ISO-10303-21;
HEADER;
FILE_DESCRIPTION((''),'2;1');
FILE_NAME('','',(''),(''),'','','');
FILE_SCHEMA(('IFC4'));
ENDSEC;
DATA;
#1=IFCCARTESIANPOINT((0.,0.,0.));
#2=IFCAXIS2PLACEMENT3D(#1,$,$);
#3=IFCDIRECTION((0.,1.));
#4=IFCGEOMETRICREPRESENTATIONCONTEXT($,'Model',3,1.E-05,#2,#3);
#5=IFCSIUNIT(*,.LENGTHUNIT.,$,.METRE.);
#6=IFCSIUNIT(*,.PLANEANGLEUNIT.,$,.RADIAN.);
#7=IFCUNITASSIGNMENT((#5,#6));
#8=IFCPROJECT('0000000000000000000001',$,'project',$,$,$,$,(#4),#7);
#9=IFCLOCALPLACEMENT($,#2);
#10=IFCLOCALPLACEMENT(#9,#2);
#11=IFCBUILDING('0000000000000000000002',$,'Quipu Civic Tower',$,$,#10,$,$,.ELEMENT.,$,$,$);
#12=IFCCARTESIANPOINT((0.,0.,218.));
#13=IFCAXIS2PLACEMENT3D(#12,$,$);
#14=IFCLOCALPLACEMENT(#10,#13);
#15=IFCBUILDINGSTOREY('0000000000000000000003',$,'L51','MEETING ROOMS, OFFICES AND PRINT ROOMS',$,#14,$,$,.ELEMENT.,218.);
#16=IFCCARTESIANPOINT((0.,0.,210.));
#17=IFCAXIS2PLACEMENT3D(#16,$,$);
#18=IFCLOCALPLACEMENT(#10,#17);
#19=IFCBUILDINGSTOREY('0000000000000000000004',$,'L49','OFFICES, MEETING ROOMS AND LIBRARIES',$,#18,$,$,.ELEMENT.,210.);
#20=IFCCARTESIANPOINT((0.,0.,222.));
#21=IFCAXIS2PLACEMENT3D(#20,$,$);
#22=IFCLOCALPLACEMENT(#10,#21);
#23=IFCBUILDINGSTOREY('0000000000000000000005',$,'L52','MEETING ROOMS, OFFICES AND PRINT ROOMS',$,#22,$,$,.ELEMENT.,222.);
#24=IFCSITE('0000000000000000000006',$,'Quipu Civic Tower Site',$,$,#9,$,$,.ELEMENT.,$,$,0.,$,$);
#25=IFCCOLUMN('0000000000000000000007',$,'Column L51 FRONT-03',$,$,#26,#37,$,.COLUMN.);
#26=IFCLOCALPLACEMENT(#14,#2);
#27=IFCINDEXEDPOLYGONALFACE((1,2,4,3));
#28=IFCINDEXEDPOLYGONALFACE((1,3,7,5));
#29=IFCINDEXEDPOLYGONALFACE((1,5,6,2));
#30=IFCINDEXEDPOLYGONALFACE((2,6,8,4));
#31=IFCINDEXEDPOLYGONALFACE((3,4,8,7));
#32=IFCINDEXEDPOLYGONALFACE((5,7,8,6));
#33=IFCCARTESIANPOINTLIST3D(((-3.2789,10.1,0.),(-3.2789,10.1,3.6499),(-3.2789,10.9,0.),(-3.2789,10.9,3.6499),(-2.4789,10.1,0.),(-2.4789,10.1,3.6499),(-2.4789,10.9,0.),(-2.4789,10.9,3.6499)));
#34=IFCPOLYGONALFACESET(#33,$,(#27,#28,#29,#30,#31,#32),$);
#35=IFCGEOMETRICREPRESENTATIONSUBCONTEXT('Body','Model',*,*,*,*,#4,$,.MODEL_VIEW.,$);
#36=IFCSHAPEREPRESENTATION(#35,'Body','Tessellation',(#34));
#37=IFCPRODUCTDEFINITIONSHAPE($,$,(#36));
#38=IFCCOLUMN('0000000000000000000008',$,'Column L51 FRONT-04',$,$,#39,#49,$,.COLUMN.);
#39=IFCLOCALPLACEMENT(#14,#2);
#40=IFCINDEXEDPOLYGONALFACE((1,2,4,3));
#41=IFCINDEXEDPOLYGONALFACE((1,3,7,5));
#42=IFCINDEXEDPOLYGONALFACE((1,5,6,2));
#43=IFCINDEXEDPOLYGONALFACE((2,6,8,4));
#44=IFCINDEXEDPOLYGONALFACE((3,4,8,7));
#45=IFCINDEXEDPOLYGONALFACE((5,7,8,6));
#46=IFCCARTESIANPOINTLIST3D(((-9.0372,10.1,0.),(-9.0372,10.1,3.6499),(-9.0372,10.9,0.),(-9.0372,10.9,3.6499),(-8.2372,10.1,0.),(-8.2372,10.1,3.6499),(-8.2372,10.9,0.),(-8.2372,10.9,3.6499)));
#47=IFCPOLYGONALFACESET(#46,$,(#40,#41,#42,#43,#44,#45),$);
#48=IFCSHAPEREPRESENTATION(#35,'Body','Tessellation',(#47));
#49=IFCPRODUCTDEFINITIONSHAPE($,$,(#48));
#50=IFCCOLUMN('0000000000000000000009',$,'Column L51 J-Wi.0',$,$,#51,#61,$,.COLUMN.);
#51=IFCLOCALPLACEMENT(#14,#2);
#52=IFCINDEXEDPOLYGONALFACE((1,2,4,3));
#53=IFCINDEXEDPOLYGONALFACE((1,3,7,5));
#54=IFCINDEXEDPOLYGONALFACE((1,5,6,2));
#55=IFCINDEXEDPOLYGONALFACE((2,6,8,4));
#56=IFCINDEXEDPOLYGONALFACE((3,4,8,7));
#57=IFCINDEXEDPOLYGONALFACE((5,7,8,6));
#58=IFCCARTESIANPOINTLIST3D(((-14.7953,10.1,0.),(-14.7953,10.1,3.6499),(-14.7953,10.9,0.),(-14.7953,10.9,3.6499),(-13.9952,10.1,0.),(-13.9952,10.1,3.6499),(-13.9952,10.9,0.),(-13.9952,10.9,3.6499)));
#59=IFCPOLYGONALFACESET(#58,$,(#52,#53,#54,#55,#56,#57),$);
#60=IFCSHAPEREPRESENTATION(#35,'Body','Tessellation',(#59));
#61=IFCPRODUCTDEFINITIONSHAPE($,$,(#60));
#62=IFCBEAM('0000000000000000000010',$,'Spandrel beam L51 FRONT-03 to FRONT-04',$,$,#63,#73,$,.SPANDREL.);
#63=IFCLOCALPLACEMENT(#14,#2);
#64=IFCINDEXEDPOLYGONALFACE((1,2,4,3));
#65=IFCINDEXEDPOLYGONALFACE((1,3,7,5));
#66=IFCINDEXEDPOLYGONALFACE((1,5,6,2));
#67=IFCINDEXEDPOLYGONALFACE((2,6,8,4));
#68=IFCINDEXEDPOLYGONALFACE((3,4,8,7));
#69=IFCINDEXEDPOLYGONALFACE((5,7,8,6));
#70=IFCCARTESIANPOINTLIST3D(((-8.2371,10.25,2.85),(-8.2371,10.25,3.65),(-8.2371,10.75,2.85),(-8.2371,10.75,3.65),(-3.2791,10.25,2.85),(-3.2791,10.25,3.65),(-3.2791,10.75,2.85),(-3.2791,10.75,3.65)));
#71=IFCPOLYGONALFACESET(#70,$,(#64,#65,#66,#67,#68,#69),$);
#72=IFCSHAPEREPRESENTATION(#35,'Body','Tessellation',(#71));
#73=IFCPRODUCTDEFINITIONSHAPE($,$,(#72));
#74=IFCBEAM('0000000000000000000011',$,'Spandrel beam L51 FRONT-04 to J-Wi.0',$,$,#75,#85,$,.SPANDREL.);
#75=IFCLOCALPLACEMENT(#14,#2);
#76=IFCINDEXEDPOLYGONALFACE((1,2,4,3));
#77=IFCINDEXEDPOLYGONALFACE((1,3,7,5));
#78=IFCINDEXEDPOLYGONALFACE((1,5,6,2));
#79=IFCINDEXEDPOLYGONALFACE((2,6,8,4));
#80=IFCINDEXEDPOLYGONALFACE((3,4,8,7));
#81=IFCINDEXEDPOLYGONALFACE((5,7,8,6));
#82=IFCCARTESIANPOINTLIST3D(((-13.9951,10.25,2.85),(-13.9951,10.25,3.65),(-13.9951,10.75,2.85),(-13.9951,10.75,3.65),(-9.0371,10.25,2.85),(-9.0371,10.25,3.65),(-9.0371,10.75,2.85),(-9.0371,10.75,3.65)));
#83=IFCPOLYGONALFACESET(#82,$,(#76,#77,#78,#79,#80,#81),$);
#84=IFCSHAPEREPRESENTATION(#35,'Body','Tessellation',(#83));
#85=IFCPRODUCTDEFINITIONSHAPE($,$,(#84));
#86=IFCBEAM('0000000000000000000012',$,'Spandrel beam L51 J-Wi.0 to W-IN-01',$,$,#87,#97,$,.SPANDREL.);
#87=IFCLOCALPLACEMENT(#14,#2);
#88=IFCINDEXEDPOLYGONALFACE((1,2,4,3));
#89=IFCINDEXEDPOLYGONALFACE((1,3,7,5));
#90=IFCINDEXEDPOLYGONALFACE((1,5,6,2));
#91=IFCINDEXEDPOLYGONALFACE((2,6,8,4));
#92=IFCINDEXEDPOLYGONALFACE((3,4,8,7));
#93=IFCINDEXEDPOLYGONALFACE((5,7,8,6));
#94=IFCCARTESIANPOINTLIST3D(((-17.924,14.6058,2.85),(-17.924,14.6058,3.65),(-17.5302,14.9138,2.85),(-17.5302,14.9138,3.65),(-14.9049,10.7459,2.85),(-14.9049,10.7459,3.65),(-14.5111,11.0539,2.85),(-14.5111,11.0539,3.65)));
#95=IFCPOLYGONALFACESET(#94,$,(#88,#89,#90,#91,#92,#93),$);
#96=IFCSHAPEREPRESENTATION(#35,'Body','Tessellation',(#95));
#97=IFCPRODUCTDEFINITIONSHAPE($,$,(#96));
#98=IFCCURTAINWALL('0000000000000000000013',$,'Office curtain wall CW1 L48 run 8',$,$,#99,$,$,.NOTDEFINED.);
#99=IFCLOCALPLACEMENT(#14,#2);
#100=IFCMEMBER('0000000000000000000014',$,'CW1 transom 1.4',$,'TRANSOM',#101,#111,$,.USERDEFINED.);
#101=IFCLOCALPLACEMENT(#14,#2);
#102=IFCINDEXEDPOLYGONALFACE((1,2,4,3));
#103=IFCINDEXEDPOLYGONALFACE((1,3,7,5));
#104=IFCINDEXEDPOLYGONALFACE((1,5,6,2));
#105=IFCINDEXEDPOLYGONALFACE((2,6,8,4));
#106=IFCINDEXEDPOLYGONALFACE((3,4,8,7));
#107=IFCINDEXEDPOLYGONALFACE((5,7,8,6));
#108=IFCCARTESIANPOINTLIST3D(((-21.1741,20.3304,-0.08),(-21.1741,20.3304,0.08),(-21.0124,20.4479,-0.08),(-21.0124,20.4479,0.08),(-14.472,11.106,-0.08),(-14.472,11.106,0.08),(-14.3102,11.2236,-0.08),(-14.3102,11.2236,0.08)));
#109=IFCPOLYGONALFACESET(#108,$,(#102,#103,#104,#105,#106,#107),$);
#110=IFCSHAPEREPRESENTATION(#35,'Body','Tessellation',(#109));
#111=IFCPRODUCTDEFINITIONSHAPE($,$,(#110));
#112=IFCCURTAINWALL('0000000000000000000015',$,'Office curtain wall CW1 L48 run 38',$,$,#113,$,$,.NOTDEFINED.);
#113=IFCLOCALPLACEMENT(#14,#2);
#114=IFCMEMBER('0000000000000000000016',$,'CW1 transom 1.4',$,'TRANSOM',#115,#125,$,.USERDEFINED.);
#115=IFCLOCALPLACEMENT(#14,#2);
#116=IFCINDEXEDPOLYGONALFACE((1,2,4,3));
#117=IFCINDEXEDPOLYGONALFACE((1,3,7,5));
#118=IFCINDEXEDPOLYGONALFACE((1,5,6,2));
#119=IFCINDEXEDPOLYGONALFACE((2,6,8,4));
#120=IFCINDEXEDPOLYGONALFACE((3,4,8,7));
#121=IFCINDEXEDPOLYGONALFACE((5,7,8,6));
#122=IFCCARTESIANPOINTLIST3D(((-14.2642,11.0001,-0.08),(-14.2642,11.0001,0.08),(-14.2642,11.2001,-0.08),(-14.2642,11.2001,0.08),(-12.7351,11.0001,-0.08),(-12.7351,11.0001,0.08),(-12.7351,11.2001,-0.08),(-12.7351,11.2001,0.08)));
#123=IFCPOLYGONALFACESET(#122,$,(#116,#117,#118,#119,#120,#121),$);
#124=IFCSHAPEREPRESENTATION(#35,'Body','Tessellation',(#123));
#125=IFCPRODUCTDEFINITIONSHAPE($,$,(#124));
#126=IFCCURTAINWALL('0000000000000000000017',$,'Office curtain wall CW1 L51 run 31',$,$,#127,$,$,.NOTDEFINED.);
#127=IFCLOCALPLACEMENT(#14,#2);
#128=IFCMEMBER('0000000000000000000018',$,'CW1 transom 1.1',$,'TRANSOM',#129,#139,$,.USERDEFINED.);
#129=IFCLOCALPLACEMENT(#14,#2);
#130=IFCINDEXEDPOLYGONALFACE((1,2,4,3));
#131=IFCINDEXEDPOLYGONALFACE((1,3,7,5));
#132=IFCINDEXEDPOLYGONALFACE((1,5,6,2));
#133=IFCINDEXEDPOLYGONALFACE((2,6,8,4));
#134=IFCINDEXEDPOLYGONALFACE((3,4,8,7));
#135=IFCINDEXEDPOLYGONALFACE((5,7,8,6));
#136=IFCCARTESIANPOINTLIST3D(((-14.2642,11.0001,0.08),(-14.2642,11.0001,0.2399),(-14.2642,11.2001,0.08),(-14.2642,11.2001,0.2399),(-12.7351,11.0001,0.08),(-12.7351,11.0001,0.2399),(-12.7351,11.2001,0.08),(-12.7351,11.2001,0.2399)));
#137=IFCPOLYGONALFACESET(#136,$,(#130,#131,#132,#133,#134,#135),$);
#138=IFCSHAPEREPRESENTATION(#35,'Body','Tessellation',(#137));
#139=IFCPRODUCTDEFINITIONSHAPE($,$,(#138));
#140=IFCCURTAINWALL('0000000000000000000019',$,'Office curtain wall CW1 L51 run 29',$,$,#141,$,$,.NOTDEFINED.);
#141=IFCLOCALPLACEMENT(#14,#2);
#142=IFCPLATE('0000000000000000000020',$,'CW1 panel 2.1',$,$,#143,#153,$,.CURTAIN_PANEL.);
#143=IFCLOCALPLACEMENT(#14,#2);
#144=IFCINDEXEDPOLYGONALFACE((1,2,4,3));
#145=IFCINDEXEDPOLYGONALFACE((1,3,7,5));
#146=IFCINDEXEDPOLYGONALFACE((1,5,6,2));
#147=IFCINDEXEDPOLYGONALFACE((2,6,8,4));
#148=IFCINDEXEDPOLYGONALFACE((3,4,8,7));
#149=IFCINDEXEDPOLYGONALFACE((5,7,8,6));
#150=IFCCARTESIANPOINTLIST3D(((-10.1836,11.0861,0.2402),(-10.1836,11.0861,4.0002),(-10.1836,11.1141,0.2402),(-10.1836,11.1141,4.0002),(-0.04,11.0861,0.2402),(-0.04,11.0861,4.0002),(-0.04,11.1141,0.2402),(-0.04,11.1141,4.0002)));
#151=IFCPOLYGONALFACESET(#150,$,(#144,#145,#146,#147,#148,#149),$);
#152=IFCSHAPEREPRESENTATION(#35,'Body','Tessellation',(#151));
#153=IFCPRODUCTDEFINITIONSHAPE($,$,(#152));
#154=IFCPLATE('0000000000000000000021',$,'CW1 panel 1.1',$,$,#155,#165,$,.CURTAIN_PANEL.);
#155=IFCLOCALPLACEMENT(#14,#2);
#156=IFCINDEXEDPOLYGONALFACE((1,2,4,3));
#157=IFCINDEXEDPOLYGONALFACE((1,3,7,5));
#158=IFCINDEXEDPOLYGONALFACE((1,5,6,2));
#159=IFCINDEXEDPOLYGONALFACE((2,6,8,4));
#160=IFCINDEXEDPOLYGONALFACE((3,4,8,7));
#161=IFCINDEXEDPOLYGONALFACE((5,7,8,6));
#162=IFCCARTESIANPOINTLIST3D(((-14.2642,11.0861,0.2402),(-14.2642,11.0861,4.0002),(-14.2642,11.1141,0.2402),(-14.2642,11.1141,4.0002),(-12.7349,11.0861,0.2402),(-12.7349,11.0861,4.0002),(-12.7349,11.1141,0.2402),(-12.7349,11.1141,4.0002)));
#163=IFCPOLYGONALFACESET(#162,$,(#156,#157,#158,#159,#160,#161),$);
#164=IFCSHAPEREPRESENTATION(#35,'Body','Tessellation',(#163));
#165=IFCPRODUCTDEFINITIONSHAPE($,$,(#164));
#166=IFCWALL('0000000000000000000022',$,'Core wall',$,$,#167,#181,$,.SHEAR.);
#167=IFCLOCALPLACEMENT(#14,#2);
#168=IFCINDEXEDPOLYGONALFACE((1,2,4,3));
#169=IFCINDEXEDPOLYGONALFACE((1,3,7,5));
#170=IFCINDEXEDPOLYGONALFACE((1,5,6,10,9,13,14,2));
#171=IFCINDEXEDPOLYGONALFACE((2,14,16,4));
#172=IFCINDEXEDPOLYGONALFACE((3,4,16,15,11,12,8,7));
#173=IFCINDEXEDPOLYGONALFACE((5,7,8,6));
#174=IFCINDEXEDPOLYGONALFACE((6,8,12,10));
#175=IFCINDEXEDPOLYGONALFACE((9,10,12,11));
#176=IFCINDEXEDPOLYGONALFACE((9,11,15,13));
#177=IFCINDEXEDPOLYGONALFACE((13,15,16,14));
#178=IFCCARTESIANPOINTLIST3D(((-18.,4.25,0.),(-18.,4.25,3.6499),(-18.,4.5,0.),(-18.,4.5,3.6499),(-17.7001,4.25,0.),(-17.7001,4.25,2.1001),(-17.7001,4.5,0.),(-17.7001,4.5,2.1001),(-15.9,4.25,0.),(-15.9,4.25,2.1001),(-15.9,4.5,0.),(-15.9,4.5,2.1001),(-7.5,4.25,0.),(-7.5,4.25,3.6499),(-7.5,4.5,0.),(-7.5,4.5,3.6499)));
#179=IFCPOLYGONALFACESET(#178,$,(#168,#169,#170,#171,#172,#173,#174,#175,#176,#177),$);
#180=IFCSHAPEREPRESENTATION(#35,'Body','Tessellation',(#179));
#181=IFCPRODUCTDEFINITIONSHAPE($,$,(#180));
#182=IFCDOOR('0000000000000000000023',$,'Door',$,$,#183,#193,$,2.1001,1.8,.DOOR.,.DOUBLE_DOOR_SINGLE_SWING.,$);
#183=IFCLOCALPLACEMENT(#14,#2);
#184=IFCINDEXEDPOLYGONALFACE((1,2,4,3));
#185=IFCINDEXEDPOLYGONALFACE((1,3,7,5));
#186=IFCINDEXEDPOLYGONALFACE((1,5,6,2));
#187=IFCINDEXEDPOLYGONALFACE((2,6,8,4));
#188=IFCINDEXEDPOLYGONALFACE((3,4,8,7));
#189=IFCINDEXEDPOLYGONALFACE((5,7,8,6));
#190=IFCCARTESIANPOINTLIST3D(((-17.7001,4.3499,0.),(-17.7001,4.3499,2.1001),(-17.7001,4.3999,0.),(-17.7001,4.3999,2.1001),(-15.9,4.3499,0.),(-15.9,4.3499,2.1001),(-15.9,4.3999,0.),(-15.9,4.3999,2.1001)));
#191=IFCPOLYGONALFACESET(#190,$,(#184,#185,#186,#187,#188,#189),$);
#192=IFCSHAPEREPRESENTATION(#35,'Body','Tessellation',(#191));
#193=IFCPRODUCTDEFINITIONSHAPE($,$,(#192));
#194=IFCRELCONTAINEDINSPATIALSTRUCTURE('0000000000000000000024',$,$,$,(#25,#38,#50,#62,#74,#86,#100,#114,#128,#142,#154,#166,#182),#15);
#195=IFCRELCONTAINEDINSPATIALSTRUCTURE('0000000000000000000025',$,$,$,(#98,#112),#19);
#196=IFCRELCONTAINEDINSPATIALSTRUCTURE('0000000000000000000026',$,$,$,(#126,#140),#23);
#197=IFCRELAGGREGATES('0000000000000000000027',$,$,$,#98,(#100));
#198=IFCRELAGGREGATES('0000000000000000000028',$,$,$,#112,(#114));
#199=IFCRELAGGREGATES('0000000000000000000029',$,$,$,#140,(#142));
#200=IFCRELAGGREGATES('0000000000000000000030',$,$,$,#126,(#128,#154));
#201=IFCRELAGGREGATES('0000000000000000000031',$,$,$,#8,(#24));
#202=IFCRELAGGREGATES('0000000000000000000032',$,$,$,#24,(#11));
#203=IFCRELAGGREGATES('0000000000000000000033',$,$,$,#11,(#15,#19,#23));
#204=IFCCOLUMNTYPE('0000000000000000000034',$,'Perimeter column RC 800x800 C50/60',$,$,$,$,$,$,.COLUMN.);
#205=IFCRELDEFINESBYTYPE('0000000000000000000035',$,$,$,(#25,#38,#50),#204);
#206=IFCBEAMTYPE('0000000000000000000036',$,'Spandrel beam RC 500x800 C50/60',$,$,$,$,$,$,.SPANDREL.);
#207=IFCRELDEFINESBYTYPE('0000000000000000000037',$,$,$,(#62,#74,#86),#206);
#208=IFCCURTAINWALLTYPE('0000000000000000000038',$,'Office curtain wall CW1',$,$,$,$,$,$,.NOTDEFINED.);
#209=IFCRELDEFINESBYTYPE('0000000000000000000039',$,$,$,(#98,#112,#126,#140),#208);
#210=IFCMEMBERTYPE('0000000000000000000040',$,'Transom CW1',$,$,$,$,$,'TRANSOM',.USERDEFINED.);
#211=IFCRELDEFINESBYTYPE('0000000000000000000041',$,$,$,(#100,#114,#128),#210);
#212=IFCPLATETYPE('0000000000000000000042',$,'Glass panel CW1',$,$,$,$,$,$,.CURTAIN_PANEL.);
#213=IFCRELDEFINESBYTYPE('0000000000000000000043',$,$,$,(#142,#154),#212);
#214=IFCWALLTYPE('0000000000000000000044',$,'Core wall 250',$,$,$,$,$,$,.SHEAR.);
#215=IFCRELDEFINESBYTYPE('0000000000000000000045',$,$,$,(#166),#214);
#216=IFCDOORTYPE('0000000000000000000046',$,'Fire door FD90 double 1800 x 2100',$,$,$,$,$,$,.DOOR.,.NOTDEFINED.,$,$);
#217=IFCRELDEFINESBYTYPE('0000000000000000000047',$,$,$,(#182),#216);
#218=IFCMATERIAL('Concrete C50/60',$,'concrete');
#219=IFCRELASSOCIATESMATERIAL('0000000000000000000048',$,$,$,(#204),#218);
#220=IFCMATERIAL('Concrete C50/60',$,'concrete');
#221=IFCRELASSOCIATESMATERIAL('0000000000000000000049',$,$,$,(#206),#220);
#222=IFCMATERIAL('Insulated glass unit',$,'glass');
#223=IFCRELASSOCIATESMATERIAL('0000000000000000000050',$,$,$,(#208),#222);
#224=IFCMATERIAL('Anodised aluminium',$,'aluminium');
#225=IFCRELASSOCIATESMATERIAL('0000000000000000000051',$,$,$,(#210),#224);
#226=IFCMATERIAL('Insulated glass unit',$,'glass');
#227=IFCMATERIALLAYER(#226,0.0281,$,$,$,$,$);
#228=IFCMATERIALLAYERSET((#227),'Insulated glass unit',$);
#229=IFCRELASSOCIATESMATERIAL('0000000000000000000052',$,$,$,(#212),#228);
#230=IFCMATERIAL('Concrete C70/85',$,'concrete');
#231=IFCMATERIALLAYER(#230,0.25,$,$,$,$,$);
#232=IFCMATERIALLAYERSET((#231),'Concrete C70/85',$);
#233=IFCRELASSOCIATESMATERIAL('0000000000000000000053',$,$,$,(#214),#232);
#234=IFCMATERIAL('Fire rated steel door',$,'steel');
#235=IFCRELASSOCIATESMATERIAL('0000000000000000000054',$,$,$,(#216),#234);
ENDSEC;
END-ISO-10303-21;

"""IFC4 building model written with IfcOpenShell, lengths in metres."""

from ifc_helpers import new_model, si_unit, direction, frame, frame_2d, origin, origin_2d, place, context, subcontext, project, spatial, rectangle, extrude, material, layer, layer_set, material_profile, profile_set, type_object, element, fill, aggregate, save


model = new_model("IFC4")

# Units and contexts
model_context = context("Model", 3, precision=1e-05, world=origin(), true_north=direction((0.0, 1.0)))
body_context = subcontext(model_context, "Body", "Model", "MODEL_VIEW")
ifc_project = project(units=[si_unit("LENGTHUNIT", "METRE"), si_unit("PLANEANGLEUNIT", "RADIAN")], contexts=[model_context])

# Site, building, storey
site_placement = place(None, origin())
site = spatial("IfcSite", under=ifc_project, at=site_placement, Name="Quipu Civic Tower Site", CompositionType="ELEMENT", RefElevation=0.0)
building_placement = place(site_placement, origin())
building = spatial("IfcBuilding", under=site, at=building_placement, Name="Quipu Civic Tower", CompositionType="ELEMENT")
storey_1_placement = place(building_placement, frame((0.0, 0.0, 218.0)))
storey_1 = spatial("IfcBuildingStorey", under=building, at=storey_1_placement, Name="L51", Description="MEETING ROOMS, OFFICES AND PRINT ROOMS", CompositionType="ELEMENT", Elevation=218.0)

# Columns
ifc_material_1 = material(Name="Concrete C50/60", Category="concrete")
ifc_material_profile_1 = material_profile(ifc_material_1, rectangle(XDim=0.8, YDim=0.8, at=origin_2d()), Name="RC800x800")
ifc_profile_set_1 = profile_set([ifc_material_profile_1], Name="Concrete C50/60")
column_type = type_object("IfcColumnType", Name="Perimeter column RC 800x800 C50/60", PredefinedType="COLUMN", material=ifc_profile_set_1)
for number, where, z_axis, x_axis, name in (
    (1, (-2.8789, 10.5, 0.0), (0.0, 0.0, 1.0), (-1.0, 0.0, 0.0), "Column L51 FRONT-03"),
    (2, (-8.6372, 10.5, 0.0), (0.0, 0.0, 1.0), (-1.0, 0.0, 0.0), "Column L51 FRONT-04"),
    (3, (-14.3953, 10.5, 0.0), (0.0, 0.0, 1.0), (-1.0, 0.0, 0.0), "Column L51 J-Wi.0"),
):
    element("IfcColumn", number, at=place(storey_1_placement, frame(where, z_axis=z_axis, x_axis=x_axis)), inside=storey_1, type_object=column_type, Name=name, PredefinedType="COLUMN", context=body_context, shape_type="SweptSolid", body=[
        extrude(rectangle(XDim=0.8, YDim=0.8, at=origin_2d()), origin(), (0.0, 0.0, 1.0), 3.6499),
    ])

# Beams
ifc_material_2 = material(Name="Concrete C50/60", Category="concrete")
ifc_material_profile_2 = material_profile(ifc_material_2, rectangle(XDim=0.5, YDim=0.8, at=origin_2d()), Name="RC500x800")
ifc_profile_set_2 = profile_set([ifc_material_profile_2], Name="Concrete C50/60")
beam_type = type_object("IfcBeamType", Name="Spandrel beam RC 500x800 C50/60", PredefinedType="SPANDREL", material=ifc_profile_set_2)
for number, where, z_axis, x_axis, name in (
    (4, (-3.2791, 10.5, 3.25), (-1.0, 0.0, 0.0), (0.0, -1.0, 0.0), "Spandrel beam L51 FRONT-03 to FRONT-04"),
    (5, (-9.0371, 10.5, 3.25), (-1.0, 0.0, 0.0), (0.0, -1.0, 0.0), "Spandrel beam L51 FRONT-04 to J-Wi.0"),
):
    element("IfcBeam", number, at=place(storey_1_placement, frame(where, z_axis=z_axis, x_axis=x_axis)), inside=storey_1, type_object=beam_type, Name=name, PredefinedType="SPANDREL", context=body_context, shape_type="SweptSolid", body=[
        extrude(rectangle(XDim=0.5, YDim=0.8, at=origin_2d()), origin(), (0.0, 0.0, 1.0), 4.958),
    ])
beam_placement = place(storey_1_placement, frame((-14.708, 10.8999, 3.25), z_axis=(-0.616091, 0.787675, 0.0), x_axis=(-0.787675, -0.616091, 0.0)))
element("IfcBeam", 6, at=beam_placement, inside=storey_1, type_object=beam_type, Name="Spandrel beam L51 J-Wi.0 to W-IN-01", PredefinedType="SPANDREL", context=body_context, shape_type="SweptSolid", body=[
    extrude(rectangle(XDim=0.5, YDim=0.8, at=origin_2d()), origin(), (0.0, 0.0, 1.0), 4.9004),
])

# Shared definitions
storey_2_placement = place(building_placement, frame((0.0, 0.0, 210.0)))
storey_2 = spatial("IfcBuildingStorey", under=building, at=storey_2_placement, Name="L49", Description="OFFICES, MEETING ROOMS AND LIBRARIES", CompositionType="ELEMENT", Elevation=210.0)

# Curtain walls, members
ifc_material_3 = material(Name="Insulated glass unit", Category="glass")
curtain_wall_type = type_object("IfcCurtainWallType", Name="Office curtain wall CW1", PredefinedType="NOTDEFINED", material=ifc_material_3)
curtain_wall_1_placement = place(storey_2_placement, origin())
curtain_wall_1 = element("IfcCurtainWall", 7, at=curtain_wall_1_placement, inside=storey_2, type_object=curtain_wall_type, Name="Office curtain wall CW1 L48 run 8", PredefinedType="NOTDEFINED")
ifc_material_4 = material(Name="Anodised aluminium", Category="aluminium")
ifc_material_profile_3 = material_profile(ifc_material_4, rectangle(XDim=0.2, YDim=0.1599, at=origin_2d()), Name="RECT 200x160")
ifc_profile_set_3 = profile_set([ifc_material_profile_3], Name="Anodised aluminium")
member_type = type_object("IfcMemberType", Name="Transom CW1", ElementType="TRANSOM", PredefinedType="USERDEFINED", material=ifc_profile_set_3)
member_1_placement = place(storey_1_placement, frame((-14.3911, 11.1648, 0.0), z_axis=(-0.5878, 0.809006, 0.0), x_axis=(-0.809006, -0.5878, 0.0)))
member_1 = element("IfcMember", 8, at=member_1_placement, inside=storey_1, type_object=member_type, Name="CW1 transom 1.4", ObjectType="TRANSOM", PredefinedType="USERDEFINED", context=body_context, shape_type="SweptSolid", body=[
    extrude(rectangle(XDim=0.2, YDim=0.1599, at=origin_2d()), origin(), (0.0, 0.0, 1.0), 11.4021),
])
aggregate(curtain_wall_1, [member_1])
curtain_wall_2_placement = place(storey_2_placement, origin())
curtain_wall_2 = element("IfcCurtainWall", 9, at=curtain_wall_2_placement, inside=storey_2, type_object=curtain_wall_type, Name="Office curtain wall CW1 L48 run 38", PredefinedType="NOTDEFINED")
member_2_placement = place(storey_1_placement, frame((-12.7351, 11.1001, 0.0), z_axis=(-1.0, 0.0, 0.0), x_axis=(0.0, -1.0, 0.0)))
member_2 = element("IfcMember", 10, at=member_2_placement, inside=storey_1, type_object=member_type, Name="CW1 transom 1.4", ObjectType="TRANSOM", PredefinedType="USERDEFINED", context=body_context, shape_type="SweptSolid", body=[
    extrude(rectangle(XDim=0.2, YDim=0.1599, at=origin_2d()), origin(), (0.0, 0.0, 1.0), 1.5291),
])
aggregate(curtain_wall_2, [member_2])

# Shared definitions
storey_3_placement = place(building_placement, frame((0.0, 0.0, 222.0)))
storey_3 = spatial("IfcBuildingStorey", under=building, at=storey_3_placement, Name="L52", Description="MEETING ROOMS, OFFICES AND PRINT ROOMS", CompositionType="ELEMENT", Elevation=222.0)

# Curtain wall, member
curtain_wall_3_placement = place(storey_3_placement, origin())
curtain_wall_3 = element("IfcCurtainWall", 11, at=curtain_wall_3_placement, inside=storey_3, type_object=curtain_wall_type, Name="Office curtain wall CW1 L51 run 31", PredefinedType="NOTDEFINED")
member_3_placement = place(storey_1_placement, frame((-12.7351, 11.1001, 0.1599), z_axis=(-1.0, 0.0, 0.0), x_axis=(0.0, -1.0, 0.0)))
member_3 = element("IfcMember", 12, at=member_3_placement, inside=storey_1, type_object=member_type, Name="CW1 transom 1.1", ObjectType="TRANSOM", PredefinedType="USERDEFINED", context=body_context, shape_type="SweptSolid", body=[
    extrude(rectangle(XDim=0.2, YDim=0.1599, at=origin_2d()), origin(), (0.0, 0.0, 1.0), 1.5291),
])

# Curtain wall, plate
curtain_wall_4_placement = place(storey_3_placement, origin())
curtain_wall_4 = element("IfcCurtainWall", 13, at=curtain_wall_4_placement, inside=storey_3, type_object=curtain_wall_type, Name="Office curtain wall CW1 L51 run 29", PredefinedType="NOTDEFINED")
ifc_material_5 = material(Name="Insulated glass unit", Category="glass")
ifc_layer_1 = layer(ifc_material_5, 0.0281)
ifc_layer_set_1 = layer_set([ifc_layer_1], Name="Insulated glass unit")
plate_type = type_object("IfcPlateType", Name="Glass panel CW1", PredefinedType="CURTAIN_PANEL", material=ifc_layer_set_1)
plate_1_placement = place(storey_1_placement, frame((-5.1118, 11.1001, 0.2402), z_axis=(0.0, 0.0, 1.0), x_axis=(-1.0, 0.0, 0.0)))
plate_1 = element("IfcPlate", 14, at=plate_1_placement, inside=storey_1, type_object=plate_type, Name="CW1 panel 2.1", PredefinedType="CURTAIN_PANEL", context=body_context, shape_type="SweptSolid", body=[
    extrude(rectangle(XDim=10.1436, YDim=0.0281, at=origin_2d()), origin(), (0.0, 0.0, 1.0), 3.76),
])
aggregate(curtain_wall_4, [plate_1])

# Plate
plate_2_placement = place(storey_1_placement, frame((-13.4995, 11.1001, 0.2402), z_axis=(0.0, 0.0, 1.0), x_axis=(-1.0, 0.0, 0.0)))
plate_2 = element("IfcPlate", 15, at=plate_2_placement, inside=storey_1, type_object=plate_type, Name="CW1 panel 1.1", PredefinedType="CURTAIN_PANEL", context=body_context, shape_type="SweptSolid", body=[
    extrude(rectangle(XDim=1.5293, YDim=0.0281, at=origin_2d()), origin(), (0.0, 0.0, 1.0), 3.76),
])
aggregate(curtain_wall_3, [member_3, plate_2])

# Wall, opening, door
ifc_material_6 = material(Name="Concrete C70/85", Category="concrete")
ifc_layer_2 = layer(ifc_material_6, 0.25)
ifc_layer_set_2 = layer_set([ifc_layer_2], Name="Concrete C70/85")
wall_type_1 = type_object("IfcWallType", Name="Core wall 250", PredefinedType="SHEAR", material=ifc_layer_set_2)
wall_1_placement = place(storey_1_placement, frame((-18.0, 4.375, 0.0), z_axis=(0.0, 0.0, 1.0), x_axis=(1.0, 0.0, 0.0)))
wall_1 = element("IfcWall", 16, at=wall_1_placement, inside=storey_1, type_object=wall_type_1, Name="Core wall", PredefinedType="SHEAR", context=body_context, shape_type="SweptSolid", body=[
    extrude(rectangle(XDim=10.5, YDim=0.25, at=frame_2d((5.25, 0.0))), origin(), (0.0, 0.0, 1.0), 3.6499),
])
opening_1_placement = place(wall_1_placement, frame((0.3, 0.0, 0.0)))
opening_1 = element("IfcOpeningElement", 17, at=opening_1_placement, cuts=wall_1, PredefinedType="OPENING", context=body_context, shape_type="SweptSolid", body=[
    extrude(rectangle(XDim=1.8, YDim=2.1001, at=frame_2d((0.8999, 1.05))), frame((0.0, 0.135, 0.0), z_axis=(0.0, -1.0, 0.0), x_axis=(1.0, 0.0, 0.0)), (0.0, 0.0, 1.0), 0.27),
])
ifc_material_7 = material(Name="Fire rated steel door", Category="steel")
door_type_1 = type_object("IfcDoorType", Name="Fire door FD90 double 1800 x 2100", OperationType="NOTDEFINED", PredefinedType="DOOR", material=ifc_material_7)
door_1_placement = place(opening_1_placement, origin())
door_1 = element("IfcDoor", 18, at=door_1_placement, inside=storey_1, type_object=door_type_1, Name="Door", OperationType="DOUBLE_DOOR_SINGLE_SWING", OverallHeight=2.1001, OverallWidth=1.8, PredefinedType="DOOR", context=body_context, shape_type="SweptSolid", body=[
    extrude(rectangle(XDim=1.8, YDim=2.1001, at=frame_2d((0.8999, 1.05))), frame((0.0, 0.0249, 0.0), z_axis=(0.0, -1.0, 0.0), x_axis=(1.0, 0.0, 0.0)), (0.0, 0.0, 1.0), 0.05),
])
fill(opening_1, door_1)

save(model, "model.ifc")
